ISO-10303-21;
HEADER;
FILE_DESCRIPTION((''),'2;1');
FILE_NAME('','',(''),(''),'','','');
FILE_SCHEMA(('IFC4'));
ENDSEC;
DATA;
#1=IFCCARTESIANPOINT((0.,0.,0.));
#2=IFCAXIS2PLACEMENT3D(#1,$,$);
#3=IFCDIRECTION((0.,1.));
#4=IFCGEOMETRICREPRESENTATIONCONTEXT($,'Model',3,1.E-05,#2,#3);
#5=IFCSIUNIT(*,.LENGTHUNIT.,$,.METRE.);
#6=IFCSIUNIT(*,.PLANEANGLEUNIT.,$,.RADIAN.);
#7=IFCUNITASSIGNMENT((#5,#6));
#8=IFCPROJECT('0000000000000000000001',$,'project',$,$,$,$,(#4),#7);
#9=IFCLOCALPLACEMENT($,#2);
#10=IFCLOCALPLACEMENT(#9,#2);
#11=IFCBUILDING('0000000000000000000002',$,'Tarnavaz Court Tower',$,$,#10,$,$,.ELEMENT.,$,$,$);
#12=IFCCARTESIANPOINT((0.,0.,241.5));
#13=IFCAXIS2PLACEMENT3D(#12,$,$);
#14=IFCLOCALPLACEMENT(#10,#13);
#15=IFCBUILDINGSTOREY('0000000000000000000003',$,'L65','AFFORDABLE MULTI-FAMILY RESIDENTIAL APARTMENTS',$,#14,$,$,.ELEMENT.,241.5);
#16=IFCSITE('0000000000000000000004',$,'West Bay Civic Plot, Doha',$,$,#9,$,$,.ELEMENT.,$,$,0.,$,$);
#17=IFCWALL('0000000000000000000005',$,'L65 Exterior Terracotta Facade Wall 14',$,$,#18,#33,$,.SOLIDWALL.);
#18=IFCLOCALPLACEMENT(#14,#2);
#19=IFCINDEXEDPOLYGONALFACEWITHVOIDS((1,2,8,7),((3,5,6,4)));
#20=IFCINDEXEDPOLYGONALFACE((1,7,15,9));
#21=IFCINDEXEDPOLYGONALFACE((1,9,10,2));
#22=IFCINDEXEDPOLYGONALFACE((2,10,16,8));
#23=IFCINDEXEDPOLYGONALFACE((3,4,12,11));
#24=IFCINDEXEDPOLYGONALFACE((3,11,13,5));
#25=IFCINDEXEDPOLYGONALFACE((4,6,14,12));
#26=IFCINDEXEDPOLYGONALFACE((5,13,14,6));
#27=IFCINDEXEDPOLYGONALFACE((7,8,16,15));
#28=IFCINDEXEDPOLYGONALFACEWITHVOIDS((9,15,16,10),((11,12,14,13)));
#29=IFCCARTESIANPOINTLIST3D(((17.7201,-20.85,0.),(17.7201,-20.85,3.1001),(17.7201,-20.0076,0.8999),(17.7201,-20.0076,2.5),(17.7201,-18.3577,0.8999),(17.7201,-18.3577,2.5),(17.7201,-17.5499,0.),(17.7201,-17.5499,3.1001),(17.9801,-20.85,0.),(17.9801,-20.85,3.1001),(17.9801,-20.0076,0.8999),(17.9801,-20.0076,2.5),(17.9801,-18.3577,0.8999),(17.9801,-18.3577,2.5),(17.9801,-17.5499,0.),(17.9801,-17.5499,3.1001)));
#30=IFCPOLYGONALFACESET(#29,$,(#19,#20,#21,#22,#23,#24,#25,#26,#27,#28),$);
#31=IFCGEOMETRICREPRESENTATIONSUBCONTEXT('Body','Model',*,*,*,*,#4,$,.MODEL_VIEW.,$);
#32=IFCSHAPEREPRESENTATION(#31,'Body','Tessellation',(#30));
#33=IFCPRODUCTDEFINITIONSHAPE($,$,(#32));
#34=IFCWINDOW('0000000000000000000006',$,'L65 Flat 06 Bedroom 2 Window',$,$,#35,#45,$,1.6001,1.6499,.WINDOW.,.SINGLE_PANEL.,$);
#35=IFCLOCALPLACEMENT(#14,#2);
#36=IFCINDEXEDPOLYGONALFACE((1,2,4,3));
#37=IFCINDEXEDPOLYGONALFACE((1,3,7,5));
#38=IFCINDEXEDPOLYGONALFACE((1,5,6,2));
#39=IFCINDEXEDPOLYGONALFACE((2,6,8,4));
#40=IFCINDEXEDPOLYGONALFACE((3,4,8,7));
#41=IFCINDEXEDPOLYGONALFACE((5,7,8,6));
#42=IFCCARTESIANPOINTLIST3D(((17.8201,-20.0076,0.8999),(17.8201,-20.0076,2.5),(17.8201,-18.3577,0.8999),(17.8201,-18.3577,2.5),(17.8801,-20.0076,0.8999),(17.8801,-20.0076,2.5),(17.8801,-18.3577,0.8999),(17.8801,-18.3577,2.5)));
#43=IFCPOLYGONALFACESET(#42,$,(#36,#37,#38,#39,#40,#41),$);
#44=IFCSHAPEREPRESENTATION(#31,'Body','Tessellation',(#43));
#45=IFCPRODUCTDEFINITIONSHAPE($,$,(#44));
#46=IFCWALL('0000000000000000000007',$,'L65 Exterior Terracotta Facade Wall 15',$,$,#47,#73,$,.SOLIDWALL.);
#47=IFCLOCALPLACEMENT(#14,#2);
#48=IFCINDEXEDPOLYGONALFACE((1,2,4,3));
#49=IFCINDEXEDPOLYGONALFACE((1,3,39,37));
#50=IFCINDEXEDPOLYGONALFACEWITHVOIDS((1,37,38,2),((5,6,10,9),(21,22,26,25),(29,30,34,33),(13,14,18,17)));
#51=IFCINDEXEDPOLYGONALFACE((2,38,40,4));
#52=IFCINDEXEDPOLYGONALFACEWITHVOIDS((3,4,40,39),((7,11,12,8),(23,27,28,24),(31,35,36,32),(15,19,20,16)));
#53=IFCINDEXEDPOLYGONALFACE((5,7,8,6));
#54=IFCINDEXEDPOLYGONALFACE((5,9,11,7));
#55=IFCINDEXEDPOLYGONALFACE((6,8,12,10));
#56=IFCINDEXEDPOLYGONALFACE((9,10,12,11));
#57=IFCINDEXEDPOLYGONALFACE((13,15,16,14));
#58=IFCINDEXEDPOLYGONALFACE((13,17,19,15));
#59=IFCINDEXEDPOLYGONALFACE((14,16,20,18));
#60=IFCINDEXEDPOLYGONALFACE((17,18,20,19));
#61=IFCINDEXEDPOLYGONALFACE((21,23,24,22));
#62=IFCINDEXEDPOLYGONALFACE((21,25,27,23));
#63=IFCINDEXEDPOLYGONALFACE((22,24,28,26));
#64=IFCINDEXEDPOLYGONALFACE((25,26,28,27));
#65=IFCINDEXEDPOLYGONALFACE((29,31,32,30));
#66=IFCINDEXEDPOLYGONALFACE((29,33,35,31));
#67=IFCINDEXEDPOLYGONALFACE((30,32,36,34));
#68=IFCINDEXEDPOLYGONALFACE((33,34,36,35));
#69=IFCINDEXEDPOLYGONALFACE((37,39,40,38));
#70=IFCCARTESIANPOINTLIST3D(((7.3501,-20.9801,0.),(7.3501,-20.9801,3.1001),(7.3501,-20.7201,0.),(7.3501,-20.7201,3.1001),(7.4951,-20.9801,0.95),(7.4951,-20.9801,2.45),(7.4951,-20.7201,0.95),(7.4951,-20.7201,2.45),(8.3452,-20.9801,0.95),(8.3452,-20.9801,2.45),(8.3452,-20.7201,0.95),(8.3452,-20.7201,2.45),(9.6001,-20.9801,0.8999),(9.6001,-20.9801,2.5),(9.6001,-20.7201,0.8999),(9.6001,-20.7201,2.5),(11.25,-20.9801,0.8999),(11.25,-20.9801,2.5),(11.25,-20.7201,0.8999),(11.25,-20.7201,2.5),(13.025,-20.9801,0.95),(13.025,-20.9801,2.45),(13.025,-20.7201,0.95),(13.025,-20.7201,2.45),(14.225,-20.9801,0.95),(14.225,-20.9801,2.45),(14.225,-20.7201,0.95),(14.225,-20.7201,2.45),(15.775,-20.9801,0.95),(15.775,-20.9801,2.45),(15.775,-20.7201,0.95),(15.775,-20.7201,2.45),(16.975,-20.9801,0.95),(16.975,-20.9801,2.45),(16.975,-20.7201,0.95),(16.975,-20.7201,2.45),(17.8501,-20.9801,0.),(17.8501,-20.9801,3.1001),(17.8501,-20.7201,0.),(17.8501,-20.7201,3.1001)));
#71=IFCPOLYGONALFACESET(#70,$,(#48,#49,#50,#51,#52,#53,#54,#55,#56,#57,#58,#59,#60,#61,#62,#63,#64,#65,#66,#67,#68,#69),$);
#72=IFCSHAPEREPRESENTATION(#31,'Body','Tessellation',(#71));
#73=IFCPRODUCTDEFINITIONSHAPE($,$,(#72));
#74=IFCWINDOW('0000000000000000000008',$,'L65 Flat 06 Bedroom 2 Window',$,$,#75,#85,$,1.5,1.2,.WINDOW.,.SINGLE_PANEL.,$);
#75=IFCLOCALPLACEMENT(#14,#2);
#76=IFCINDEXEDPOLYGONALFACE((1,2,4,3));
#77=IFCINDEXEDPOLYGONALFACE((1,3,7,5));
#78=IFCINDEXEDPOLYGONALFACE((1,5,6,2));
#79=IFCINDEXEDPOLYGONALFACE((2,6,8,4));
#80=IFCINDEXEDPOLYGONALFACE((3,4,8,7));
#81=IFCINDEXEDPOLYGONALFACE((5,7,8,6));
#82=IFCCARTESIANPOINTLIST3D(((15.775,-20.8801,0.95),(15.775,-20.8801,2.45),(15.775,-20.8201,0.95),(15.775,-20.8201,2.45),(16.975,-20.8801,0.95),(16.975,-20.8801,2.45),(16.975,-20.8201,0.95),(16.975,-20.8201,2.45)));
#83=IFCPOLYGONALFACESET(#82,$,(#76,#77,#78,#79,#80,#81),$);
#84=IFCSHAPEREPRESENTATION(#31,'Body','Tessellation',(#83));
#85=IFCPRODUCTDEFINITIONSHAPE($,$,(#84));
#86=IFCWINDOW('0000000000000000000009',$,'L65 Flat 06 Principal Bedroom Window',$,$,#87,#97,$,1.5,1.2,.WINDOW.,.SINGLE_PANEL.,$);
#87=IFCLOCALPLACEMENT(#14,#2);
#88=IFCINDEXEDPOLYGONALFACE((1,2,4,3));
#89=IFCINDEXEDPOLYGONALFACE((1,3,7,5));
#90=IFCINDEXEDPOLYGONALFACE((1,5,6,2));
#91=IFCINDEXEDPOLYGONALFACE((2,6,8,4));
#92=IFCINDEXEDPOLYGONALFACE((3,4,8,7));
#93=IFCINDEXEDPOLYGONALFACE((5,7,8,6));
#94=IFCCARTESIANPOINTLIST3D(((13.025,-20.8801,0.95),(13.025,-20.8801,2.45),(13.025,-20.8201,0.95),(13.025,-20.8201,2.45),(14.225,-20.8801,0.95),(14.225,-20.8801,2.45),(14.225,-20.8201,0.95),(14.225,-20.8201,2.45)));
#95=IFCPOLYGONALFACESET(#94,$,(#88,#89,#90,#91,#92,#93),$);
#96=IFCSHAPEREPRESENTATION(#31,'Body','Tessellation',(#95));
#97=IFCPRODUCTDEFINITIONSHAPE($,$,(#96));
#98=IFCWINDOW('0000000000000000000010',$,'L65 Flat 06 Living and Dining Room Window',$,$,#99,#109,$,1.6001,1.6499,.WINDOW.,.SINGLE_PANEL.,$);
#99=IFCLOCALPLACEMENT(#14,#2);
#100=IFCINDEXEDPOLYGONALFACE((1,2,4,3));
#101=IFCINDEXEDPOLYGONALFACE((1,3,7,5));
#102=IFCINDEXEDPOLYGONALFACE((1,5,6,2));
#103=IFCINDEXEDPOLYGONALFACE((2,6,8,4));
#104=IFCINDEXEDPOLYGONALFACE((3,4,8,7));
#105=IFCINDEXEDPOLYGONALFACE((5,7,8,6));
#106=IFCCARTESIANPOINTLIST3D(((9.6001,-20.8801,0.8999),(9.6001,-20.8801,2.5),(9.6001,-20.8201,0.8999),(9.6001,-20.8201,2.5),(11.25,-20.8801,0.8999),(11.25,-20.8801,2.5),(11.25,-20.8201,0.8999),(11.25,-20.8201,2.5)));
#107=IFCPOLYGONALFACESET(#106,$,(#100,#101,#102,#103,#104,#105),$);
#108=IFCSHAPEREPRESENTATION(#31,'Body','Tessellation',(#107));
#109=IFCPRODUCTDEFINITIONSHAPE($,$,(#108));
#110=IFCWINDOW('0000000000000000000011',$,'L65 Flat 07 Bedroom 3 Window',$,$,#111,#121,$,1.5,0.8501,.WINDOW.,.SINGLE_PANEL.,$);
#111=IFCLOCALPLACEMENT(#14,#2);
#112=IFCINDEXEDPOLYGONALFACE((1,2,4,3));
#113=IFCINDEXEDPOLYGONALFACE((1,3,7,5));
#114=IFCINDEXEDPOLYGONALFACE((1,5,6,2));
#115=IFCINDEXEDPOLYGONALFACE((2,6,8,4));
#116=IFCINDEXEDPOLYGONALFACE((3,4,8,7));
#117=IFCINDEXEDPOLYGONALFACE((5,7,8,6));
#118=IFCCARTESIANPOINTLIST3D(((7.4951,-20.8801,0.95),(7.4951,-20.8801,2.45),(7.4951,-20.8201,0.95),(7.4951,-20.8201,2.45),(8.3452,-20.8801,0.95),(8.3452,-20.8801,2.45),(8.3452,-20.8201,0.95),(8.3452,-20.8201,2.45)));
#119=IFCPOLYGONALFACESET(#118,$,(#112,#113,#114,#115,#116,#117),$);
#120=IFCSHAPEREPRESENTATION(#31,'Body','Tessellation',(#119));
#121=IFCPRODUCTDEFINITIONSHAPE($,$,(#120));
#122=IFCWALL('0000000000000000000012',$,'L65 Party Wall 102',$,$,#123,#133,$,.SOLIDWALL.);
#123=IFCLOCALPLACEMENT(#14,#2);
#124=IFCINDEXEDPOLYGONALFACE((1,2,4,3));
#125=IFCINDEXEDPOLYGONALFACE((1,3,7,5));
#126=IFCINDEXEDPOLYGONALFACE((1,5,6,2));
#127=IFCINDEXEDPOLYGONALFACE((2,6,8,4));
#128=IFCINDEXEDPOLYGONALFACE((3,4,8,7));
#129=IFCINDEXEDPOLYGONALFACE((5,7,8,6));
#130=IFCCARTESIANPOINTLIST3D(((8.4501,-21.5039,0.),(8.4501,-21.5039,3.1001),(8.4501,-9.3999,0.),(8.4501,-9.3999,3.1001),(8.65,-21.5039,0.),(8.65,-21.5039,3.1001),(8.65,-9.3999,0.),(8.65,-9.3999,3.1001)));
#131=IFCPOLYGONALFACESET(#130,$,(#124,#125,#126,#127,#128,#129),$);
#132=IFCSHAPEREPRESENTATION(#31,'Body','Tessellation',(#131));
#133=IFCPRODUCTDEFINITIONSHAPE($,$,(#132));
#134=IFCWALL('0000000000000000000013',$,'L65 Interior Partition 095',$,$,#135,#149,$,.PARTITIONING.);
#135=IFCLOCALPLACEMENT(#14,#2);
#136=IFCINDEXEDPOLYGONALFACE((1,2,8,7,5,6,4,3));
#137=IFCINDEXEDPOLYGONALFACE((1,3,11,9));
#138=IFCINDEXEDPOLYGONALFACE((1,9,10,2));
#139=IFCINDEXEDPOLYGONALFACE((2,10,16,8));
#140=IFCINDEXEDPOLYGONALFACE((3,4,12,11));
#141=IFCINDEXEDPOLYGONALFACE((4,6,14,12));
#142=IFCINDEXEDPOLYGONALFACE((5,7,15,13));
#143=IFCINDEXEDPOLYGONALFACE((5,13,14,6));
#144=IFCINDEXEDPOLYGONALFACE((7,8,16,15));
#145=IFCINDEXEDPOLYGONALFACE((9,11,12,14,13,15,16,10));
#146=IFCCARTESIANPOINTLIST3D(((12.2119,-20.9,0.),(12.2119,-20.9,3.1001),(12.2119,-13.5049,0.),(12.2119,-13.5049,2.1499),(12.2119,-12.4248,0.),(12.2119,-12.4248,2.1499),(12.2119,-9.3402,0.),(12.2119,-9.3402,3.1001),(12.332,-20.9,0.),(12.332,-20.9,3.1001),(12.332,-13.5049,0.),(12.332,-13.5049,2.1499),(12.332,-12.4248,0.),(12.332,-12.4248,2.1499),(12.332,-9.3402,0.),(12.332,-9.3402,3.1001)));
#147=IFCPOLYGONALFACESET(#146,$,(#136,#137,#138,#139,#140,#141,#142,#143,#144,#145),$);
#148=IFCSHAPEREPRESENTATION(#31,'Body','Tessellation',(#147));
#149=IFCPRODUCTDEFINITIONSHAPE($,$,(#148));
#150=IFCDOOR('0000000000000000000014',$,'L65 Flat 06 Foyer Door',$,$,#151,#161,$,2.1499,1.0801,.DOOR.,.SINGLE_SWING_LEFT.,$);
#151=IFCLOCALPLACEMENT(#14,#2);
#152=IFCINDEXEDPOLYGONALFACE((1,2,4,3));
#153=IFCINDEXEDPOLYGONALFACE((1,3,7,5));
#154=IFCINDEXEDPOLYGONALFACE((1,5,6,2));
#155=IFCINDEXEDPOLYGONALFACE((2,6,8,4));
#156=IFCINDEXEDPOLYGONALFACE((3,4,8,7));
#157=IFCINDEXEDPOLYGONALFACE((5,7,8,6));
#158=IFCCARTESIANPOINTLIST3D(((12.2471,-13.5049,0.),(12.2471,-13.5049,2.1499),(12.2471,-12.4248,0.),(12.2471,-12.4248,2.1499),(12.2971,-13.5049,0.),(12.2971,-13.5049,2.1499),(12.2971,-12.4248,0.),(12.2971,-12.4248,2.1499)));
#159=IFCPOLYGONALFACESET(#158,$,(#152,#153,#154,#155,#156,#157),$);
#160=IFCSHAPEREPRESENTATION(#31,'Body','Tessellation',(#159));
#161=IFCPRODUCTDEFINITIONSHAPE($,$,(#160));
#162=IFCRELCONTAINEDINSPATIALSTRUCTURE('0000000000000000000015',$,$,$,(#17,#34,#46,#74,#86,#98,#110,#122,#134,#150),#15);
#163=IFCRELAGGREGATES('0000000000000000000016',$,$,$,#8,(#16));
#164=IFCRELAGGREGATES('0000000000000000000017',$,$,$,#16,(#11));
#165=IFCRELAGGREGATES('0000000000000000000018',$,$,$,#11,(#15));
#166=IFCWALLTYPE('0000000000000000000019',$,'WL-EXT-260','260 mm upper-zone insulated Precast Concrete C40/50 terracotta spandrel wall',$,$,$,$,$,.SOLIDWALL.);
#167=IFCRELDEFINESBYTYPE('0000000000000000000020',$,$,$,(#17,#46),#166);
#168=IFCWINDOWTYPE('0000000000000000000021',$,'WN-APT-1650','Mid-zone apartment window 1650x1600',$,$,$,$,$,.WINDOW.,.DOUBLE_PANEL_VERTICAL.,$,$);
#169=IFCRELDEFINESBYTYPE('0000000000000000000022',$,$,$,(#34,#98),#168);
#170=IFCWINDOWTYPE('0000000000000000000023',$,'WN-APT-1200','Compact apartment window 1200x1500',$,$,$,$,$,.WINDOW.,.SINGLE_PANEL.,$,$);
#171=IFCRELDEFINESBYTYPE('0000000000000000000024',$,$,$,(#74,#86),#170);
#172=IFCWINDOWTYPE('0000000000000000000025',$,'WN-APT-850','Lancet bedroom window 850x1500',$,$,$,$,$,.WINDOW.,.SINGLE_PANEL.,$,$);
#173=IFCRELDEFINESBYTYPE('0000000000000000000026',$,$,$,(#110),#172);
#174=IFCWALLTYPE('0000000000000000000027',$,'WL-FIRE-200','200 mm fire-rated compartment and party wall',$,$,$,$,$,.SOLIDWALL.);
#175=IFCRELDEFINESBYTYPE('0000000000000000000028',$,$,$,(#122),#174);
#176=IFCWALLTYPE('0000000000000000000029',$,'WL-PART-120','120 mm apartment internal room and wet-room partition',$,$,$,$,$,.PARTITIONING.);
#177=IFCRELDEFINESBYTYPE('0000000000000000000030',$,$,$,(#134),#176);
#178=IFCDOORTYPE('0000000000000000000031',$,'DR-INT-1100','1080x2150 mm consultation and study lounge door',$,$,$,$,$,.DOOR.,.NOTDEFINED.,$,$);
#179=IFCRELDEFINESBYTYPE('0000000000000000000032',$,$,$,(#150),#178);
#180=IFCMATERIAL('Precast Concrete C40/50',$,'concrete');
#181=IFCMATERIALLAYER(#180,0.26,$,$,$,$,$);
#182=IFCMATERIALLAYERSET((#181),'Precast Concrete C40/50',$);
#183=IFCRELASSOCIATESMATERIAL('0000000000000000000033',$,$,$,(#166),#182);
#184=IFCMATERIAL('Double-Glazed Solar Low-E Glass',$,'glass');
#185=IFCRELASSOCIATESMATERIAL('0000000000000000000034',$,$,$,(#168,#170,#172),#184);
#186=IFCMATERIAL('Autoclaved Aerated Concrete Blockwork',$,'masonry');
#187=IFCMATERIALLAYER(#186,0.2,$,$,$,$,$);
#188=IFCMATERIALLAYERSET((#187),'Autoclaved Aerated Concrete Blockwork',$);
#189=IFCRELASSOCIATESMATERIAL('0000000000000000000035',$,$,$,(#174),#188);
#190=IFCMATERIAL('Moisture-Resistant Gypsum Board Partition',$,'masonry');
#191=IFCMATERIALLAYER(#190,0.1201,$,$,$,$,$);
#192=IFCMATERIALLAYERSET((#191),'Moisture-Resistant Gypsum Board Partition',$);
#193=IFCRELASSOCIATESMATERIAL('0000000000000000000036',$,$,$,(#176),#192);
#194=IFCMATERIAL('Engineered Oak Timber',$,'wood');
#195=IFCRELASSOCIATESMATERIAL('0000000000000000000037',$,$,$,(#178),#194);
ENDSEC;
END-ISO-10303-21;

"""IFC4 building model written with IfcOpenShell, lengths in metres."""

from ifc_helpers import new_model, si_unit, direction, frame, frame_2d, origin, place, context, subcontext, project, spatial, rectangle, extrude, material, layer, layer_set, type_object, element, fill, save


model = new_model("IFC4")

# Units and contexts
model_context = context("Model", 3, precision=1e-05, world=origin(), true_north=direction((0.0, 1.0)))
body_context = subcontext(model_context, "Body", "Model", "MODEL_VIEW")
ifc_project = project(units=[si_unit("LENGTHUNIT", "METRE"), si_unit("PLANEANGLEUNIT", "RADIAN")], contexts=[model_context])

# Site, building, storey
site_placement = place(None, origin())
site = spatial("IfcSite", under=ifc_project, at=site_placement, Name="West Bay Civic Plot, Doha", CompositionType="ELEMENT", RefElevation=0.0)
building_placement = place(site_placement, origin())
building = spatial("IfcBuilding", under=site, at=building_placement, Name="Tarnavaz Court Tower", CompositionType="ELEMENT")
storey_placement = place(building_placement, frame((0.0, 0.0, 241.5)))
storey = spatial("IfcBuildingStorey", under=building, at=storey_placement, Name="L65", Description="AFFORDABLE MULTI-FAMILY RESIDENTIAL APARTMENTS", CompositionType="ELEMENT", Elevation=241.5)

# Wall, opening, window
ifc_material_1 = material(Name="Precast Concrete C40/50", Category="concrete")
ifc_layer_1 = layer(ifc_material_1, 0.26)
ifc_layer_set_1 = layer_set([ifc_layer_1], Name="Precast Concrete C40/50")
wall_type_1 = type_object("IfcWallType", Name="WL-EXT-260", Description="260 mm upper-zone insulated Precast Concrete C40/50 terracotta spandrel wall", PredefinedType="SOLIDWALL", material=ifc_layer_set_1)
ifc_material_2 = material(Name="Double-Glazed Solar Low-E Glass", Category="glass")
wall_1_placement = place(storey_placement, frame((17.8501, -17.55, 0.0), z_axis=(0.0, 0.0, 1.0), x_axis=(0.0, -1.0, 0.0)))
wall_1 = element("IfcWall", 1, at=wall_1_placement, inside=storey, type_object=wall_type_1, Name="L65 Exterior Terracotta Facade Wall 14", PredefinedType="SOLIDWALL", context=body_context, shape_type="SweptSolid", body=[
    extrude(rectangle(XDim=3.3, YDim=0.26, at=frame_2d((1.6499, 0.0))), origin(), (0.0, 0.0, 1.0), 3.1001),
])
opening_1_placement = place(wall_1_placement, frame((0.8076, 0.0, 0.8999)))
opening_1 = element("IfcOpeningElement", 2, at=opening_1_placement, cuts=wall_1, PredefinedType="OPENING", context=body_context, shape_type="SweptSolid", body=[
    extrude(rectangle(XDim=1.6499, YDim=1.6001, at=frame_2d((0.825, 0.8))), frame((0.0, 0.1399, 0.0), z_axis=(0.0, -1.0, 0.0), x_axis=(1.0, 0.0, 0.0)), (0.0, 0.0, 1.0), 0.28),
])
window_type_1 = type_object("IfcWindowType", Name="WN-APT-1650", Description="Mid-zone apartment window 1650x1600", PartitioningType="DOUBLE_PANEL_VERTICAL", PredefinedType="WINDOW", material=ifc_material_2)
window_1_placement = place(opening_1_placement, origin())
window_1 = element("IfcWindow", 3, at=window_1_placement, inside=storey, type_object=window_type_1, Name="L65 Flat 06 Bedroom 2 Window", OverallHeight=1.6001, OverallWidth=1.6499, PartitioningType="SINGLE_PANEL", PredefinedType="WINDOW", context=body_context, shape_type="SweptSolid", body=[
    extrude(rectangle(XDim=1.6499, YDim=1.6001, at=frame_2d((0.825, 0.8))), frame((0.0, 0.03, 0.0), z_axis=(0.0, -1.0, 0.0), x_axis=(1.0, 0.0, 0.0)), (0.0, 0.0, 1.0), 0.0601),
])
fill(opening_1, window_1)

# Wall, openings, windows
wall_2_placement = place(storey_placement, frame((17.8501, -20.8501, 0.0), z_axis=(0.0, 0.0, 1.0), x_axis=(-1.0, 0.0, 0.0)))
wall_2 = element("IfcWall", 4, at=wall_2_placement, inside=storey, type_object=wall_type_1, Name="L65 Exterior Terracotta Facade Wall 15", PredefinedType="SOLIDWALL", context=body_context, shape_type="SweptSolid", body=[
    extrude(rectangle(XDim=10.5, YDim=0.26, at=frame_2d((5.25, 0.0))), origin(), (0.0, 0.0, 1.0), 3.1001),
])
opening_2_placement = place(wall_2_placement, frame((0.875, 0.0, 0.95)))
opening_2 = element("IfcOpeningElement", 5, at=opening_2_placement, cuts=wall_2, PredefinedType="OPENING", context=body_context, shape_type="SweptSolid", body=[
    extrude(rectangle(XDim=1.2, YDim=1.5, at=frame_2d((0.6001, 0.75))), frame((0.0, 0.1399, 0.0), z_axis=(0.0, -1.0, 0.0), x_axis=(1.0, 0.0, 0.0)), (0.0, 0.0, 1.0), 0.28),
])
opening_3_placement = place(wall_2_placement, frame((3.625, 0.0, 0.95)))
opening_3 = element("IfcOpeningElement", 6, at=opening_3_placement, cuts=wall_2, PredefinedType="OPENING", context=body_context, shape_type="SweptSolid", body=[
    extrude(rectangle(XDim=1.2, YDim=1.5, at=frame_2d((0.6001, 0.75))), frame((0.0, 0.1399, 0.0), z_axis=(0.0, -1.0, 0.0), x_axis=(1.0, 0.0, 0.0)), (0.0, 0.0, 1.0), 0.28),
])
opening_4_placement = place(wall_2_placement, frame((6.6001, 0.0, 0.8999)))
opening_4 = element("IfcOpeningElement", 7, at=opening_4_placement, cuts=wall_2, PredefinedType="OPENING", context=body_context, shape_type="SweptSolid", body=[
    extrude(rectangle(XDim=1.6499, YDim=1.6001, at=frame_2d((0.825, 0.8))), frame((0.0, 0.1399, 0.0), z_axis=(0.0, -1.0, 0.0), x_axis=(1.0, 0.0, 0.0)), (0.0, 0.0, 1.0), 0.28),
])
opening_5_placement = place(wall_2_placement, frame((9.5049, 0.0, 0.95)))
opening_5 = element("IfcOpeningElement", 8, at=opening_5_placement, cuts=wall_2, PredefinedType="OPENING", context=body_context, shape_type="SweptSolid", body=[
    extrude(rectangle(XDim=0.8501, YDim=1.5, at=frame_2d((0.425, 0.75))), frame((0.0, 0.1399, 0.0), z_axis=(0.0, -1.0, 0.0), x_axis=(1.0, 0.0, 0.0)), (0.0, 0.0, 1.0), 0.28),
])
window_type_2 = type_object("IfcWindowType", Name="WN-APT-1200", Description="Compact apartment window 1200x1500", PartitioningType="SINGLE_PANEL", PredefinedType="WINDOW", material=ifc_material_2)
window_2_placement = place(opening_2_placement, origin())
window_2 = element("IfcWindow", 9, at=window_2_placement, inside=storey, type_object=window_type_2, Name="L65 Flat 06 Bedroom 2 Window", OverallHeight=1.5, OverallWidth=1.2, PartitioningType="SINGLE_PANEL", PredefinedType="WINDOW", context=body_context, shape_type="SweptSolid", body=[
    extrude(rectangle(XDim=1.2, YDim=1.5, at=frame_2d((0.6001, 0.75))), frame((0.0, 0.03, 0.0), z_axis=(0.0, -1.0, 0.0), x_axis=(1.0, 0.0, 0.0)), (0.0, 0.0, 1.0), 0.0601),
])
fill(opening_2, window_2)
window_3_placement = place(opening_3_placement, origin())
window_3 = element("IfcWindow", 10, at=window_3_placement, inside=storey, type_object=window_type_2, Name="L65 Flat 06 Principal Bedroom Window", OverallHeight=1.5, OverallWidth=1.2, PartitioningType="SINGLE_PANEL", PredefinedType="WINDOW", context=body_context, shape_type="SweptSolid", body=[
    extrude(rectangle(XDim=1.2, YDim=1.5, at=frame_2d((0.6001, 0.75))), frame((0.0, 0.03, 0.0), z_axis=(0.0, -1.0, 0.0), x_axis=(1.0, 0.0, 0.0)), (0.0, 0.0, 1.0), 0.0601),
])
fill(opening_3, window_3)
window_4_placement = place(opening_4_placement, origin())
window_4 = element("IfcWindow", 11, at=window_4_placement, inside=storey, type_object=window_type_1, Name="L65 Flat 06 Living and Dining Room Window", OverallHeight=1.6001, OverallWidth=1.6499, PartitioningType="SINGLE_PANEL", PredefinedType="WINDOW", context=body_context, shape_type="SweptSolid", body=[
    extrude(rectangle(XDim=1.6499, YDim=1.6001, at=frame_2d((0.825, 0.8))), frame((0.0, 0.03, 0.0), z_axis=(0.0, -1.0, 0.0), x_axis=(1.0, 0.0, 0.0)), (0.0, 0.0, 1.0), 0.0601),
])
fill(opening_4, window_4)
window_type_3 = type_object("IfcWindowType", Name="WN-APT-850", Description="Lancet bedroom window 850x1500", PartitioningType="SINGLE_PANEL", PredefinedType="WINDOW", material=ifc_material_2)
window_5_placement = place(opening_5_placement, origin())
window_5 = element("IfcWindow", 12, at=window_5_placement, inside=storey, type_object=window_type_3, Name="L65 Flat 07 Bedroom 3 Window", OverallHeight=1.5, OverallWidth=0.8501, PartitioningType="SINGLE_PANEL", PredefinedType="WINDOW", context=body_context, shape_type="SweptSolid", body=[
    extrude(rectangle(XDim=0.8501, YDim=1.5, at=frame_2d((0.425, 0.75))), frame((0.0, 0.03, 0.0), z_axis=(0.0, -1.0, 0.0), x_axis=(1.0, 0.0, 0.0)), (0.0, 0.0, 1.0), 0.0601),
])
fill(opening_5, window_5)

# Wall
ifc_material_3 = material(Name="Autoclaved Aerated Concrete Blockwork", Category="masonry")
ifc_layer_2 = layer(ifc_material_3, 0.2)
ifc_layer_set_2 = layer_set([ifc_layer_2], Name="Autoclaved Aerated Concrete Blockwork")
wall_type_2 = type_object("IfcWallType", Name="WL-FIRE-200", Description="200 mm fire-rated compartment and party wall", PredefinedType="SOLIDWALL", material=ifc_layer_set_2)
wall_3_placement = place(storey_placement, frame((8.55, -21.5039, 0.0), z_axis=(0.0, 0.0, 1.0), x_axis=(0.0, 1.0, 0.0)))
element("IfcWall", 13, at=wall_3_placement, inside=storey, type_object=wall_type_2, Name="L65 Party Wall 102", PredefinedType="SOLIDWALL", context=body_context, shape_type="SweptSolid", body=[
    extrude(rectangle(XDim=12.104, YDim=0.2, at=frame_2d((6.052, 0.0))), origin(), (0.0, 0.0, 1.0), 3.1001),
])

# Wall, opening, door
ifc_material_4 = material(Name="Moisture-Resistant Gypsum Board Partition", Category="masonry")
ifc_layer_3 = layer(ifc_material_4, 0.1201)
ifc_layer_set_3 = layer_set([ifc_layer_3], Name="Moisture-Resistant Gypsum Board Partition")
wall_type_3 = type_object("IfcWallType", Name="WL-PART-120", Description="120 mm apartment internal room and wet-room partition", PredefinedType="PARTITIONING", material=ifc_layer_set_3)
wall_4_placement = place(storey_placement, frame((12.272, -20.8999, 0.0), z_axis=(0.0, 0.0, 1.0), x_axis=(0.0, 1.0, 0.0)))
wall_4 = element("IfcWall", 14, at=wall_4_placement, inside=storey, type_object=wall_type_3, Name="L65 Interior Partition 095", PredefinedType="PARTITIONING", context=body_context, shape_type="SweptSolid", body=[
    extrude(rectangle(XDim=11.5598, YDim=0.1201, at=frame_2d((5.7798, 0.0))), origin(), (0.0, 0.0, 1.0), 3.1001),
])
opening_6_placement = place(wall_4_placement, frame((7.395, 0.0, 0.0)))
opening_6 = element("IfcOpeningElement", 15, at=opening_6_placement, cuts=wall_4, PredefinedType="OPENING", context=body_context, shape_type="SweptSolid", body=[
    extrude(rectangle(XDim=1.0801, YDim=2.1499, at=frame_2d((0.54, 1.075))), frame((0.0, 0.0701, 0.0), z_axis=(0.0, -1.0, 0.0), x_axis=(1.0, 0.0, 0.0)), (0.0, 0.0, 1.0), 0.1401),
])
ifc_material_5 = material(Name="Engineered Oak Timber", Category="wood")
door_type_1 = type_object("IfcDoorType", Name="DR-INT-1100", Description="1080x2150 mm consultation and study lounge door", OperationType="NOTDEFINED", PredefinedType="DOOR", material=ifc_material_5)
door_1_placement = place(opening_6_placement, origin())
door_1 = element("IfcDoor", 16, at=door_1_placement, inside=storey, type_object=door_type_1, Name="L65 Flat 06 Foyer Door", OperationType="SINGLE_SWING_LEFT", OverallHeight=2.1499, OverallWidth=1.0801, PredefinedType="DOOR", context=body_context, shape_type="SweptSolid", body=[
    extrude(rectangle(XDim=1.0801, YDim=2.1499, at=frame_2d((0.54, 1.075))), frame((0.0, 0.0249, 0.0), z_axis=(0.0, -1.0, 0.0), x_axis=(1.0, 0.0, 0.0)), (0.0, 0.0, 1.0), 0.05),
])
fill(opening_6, door_1)

save(model, "model.ifc")
